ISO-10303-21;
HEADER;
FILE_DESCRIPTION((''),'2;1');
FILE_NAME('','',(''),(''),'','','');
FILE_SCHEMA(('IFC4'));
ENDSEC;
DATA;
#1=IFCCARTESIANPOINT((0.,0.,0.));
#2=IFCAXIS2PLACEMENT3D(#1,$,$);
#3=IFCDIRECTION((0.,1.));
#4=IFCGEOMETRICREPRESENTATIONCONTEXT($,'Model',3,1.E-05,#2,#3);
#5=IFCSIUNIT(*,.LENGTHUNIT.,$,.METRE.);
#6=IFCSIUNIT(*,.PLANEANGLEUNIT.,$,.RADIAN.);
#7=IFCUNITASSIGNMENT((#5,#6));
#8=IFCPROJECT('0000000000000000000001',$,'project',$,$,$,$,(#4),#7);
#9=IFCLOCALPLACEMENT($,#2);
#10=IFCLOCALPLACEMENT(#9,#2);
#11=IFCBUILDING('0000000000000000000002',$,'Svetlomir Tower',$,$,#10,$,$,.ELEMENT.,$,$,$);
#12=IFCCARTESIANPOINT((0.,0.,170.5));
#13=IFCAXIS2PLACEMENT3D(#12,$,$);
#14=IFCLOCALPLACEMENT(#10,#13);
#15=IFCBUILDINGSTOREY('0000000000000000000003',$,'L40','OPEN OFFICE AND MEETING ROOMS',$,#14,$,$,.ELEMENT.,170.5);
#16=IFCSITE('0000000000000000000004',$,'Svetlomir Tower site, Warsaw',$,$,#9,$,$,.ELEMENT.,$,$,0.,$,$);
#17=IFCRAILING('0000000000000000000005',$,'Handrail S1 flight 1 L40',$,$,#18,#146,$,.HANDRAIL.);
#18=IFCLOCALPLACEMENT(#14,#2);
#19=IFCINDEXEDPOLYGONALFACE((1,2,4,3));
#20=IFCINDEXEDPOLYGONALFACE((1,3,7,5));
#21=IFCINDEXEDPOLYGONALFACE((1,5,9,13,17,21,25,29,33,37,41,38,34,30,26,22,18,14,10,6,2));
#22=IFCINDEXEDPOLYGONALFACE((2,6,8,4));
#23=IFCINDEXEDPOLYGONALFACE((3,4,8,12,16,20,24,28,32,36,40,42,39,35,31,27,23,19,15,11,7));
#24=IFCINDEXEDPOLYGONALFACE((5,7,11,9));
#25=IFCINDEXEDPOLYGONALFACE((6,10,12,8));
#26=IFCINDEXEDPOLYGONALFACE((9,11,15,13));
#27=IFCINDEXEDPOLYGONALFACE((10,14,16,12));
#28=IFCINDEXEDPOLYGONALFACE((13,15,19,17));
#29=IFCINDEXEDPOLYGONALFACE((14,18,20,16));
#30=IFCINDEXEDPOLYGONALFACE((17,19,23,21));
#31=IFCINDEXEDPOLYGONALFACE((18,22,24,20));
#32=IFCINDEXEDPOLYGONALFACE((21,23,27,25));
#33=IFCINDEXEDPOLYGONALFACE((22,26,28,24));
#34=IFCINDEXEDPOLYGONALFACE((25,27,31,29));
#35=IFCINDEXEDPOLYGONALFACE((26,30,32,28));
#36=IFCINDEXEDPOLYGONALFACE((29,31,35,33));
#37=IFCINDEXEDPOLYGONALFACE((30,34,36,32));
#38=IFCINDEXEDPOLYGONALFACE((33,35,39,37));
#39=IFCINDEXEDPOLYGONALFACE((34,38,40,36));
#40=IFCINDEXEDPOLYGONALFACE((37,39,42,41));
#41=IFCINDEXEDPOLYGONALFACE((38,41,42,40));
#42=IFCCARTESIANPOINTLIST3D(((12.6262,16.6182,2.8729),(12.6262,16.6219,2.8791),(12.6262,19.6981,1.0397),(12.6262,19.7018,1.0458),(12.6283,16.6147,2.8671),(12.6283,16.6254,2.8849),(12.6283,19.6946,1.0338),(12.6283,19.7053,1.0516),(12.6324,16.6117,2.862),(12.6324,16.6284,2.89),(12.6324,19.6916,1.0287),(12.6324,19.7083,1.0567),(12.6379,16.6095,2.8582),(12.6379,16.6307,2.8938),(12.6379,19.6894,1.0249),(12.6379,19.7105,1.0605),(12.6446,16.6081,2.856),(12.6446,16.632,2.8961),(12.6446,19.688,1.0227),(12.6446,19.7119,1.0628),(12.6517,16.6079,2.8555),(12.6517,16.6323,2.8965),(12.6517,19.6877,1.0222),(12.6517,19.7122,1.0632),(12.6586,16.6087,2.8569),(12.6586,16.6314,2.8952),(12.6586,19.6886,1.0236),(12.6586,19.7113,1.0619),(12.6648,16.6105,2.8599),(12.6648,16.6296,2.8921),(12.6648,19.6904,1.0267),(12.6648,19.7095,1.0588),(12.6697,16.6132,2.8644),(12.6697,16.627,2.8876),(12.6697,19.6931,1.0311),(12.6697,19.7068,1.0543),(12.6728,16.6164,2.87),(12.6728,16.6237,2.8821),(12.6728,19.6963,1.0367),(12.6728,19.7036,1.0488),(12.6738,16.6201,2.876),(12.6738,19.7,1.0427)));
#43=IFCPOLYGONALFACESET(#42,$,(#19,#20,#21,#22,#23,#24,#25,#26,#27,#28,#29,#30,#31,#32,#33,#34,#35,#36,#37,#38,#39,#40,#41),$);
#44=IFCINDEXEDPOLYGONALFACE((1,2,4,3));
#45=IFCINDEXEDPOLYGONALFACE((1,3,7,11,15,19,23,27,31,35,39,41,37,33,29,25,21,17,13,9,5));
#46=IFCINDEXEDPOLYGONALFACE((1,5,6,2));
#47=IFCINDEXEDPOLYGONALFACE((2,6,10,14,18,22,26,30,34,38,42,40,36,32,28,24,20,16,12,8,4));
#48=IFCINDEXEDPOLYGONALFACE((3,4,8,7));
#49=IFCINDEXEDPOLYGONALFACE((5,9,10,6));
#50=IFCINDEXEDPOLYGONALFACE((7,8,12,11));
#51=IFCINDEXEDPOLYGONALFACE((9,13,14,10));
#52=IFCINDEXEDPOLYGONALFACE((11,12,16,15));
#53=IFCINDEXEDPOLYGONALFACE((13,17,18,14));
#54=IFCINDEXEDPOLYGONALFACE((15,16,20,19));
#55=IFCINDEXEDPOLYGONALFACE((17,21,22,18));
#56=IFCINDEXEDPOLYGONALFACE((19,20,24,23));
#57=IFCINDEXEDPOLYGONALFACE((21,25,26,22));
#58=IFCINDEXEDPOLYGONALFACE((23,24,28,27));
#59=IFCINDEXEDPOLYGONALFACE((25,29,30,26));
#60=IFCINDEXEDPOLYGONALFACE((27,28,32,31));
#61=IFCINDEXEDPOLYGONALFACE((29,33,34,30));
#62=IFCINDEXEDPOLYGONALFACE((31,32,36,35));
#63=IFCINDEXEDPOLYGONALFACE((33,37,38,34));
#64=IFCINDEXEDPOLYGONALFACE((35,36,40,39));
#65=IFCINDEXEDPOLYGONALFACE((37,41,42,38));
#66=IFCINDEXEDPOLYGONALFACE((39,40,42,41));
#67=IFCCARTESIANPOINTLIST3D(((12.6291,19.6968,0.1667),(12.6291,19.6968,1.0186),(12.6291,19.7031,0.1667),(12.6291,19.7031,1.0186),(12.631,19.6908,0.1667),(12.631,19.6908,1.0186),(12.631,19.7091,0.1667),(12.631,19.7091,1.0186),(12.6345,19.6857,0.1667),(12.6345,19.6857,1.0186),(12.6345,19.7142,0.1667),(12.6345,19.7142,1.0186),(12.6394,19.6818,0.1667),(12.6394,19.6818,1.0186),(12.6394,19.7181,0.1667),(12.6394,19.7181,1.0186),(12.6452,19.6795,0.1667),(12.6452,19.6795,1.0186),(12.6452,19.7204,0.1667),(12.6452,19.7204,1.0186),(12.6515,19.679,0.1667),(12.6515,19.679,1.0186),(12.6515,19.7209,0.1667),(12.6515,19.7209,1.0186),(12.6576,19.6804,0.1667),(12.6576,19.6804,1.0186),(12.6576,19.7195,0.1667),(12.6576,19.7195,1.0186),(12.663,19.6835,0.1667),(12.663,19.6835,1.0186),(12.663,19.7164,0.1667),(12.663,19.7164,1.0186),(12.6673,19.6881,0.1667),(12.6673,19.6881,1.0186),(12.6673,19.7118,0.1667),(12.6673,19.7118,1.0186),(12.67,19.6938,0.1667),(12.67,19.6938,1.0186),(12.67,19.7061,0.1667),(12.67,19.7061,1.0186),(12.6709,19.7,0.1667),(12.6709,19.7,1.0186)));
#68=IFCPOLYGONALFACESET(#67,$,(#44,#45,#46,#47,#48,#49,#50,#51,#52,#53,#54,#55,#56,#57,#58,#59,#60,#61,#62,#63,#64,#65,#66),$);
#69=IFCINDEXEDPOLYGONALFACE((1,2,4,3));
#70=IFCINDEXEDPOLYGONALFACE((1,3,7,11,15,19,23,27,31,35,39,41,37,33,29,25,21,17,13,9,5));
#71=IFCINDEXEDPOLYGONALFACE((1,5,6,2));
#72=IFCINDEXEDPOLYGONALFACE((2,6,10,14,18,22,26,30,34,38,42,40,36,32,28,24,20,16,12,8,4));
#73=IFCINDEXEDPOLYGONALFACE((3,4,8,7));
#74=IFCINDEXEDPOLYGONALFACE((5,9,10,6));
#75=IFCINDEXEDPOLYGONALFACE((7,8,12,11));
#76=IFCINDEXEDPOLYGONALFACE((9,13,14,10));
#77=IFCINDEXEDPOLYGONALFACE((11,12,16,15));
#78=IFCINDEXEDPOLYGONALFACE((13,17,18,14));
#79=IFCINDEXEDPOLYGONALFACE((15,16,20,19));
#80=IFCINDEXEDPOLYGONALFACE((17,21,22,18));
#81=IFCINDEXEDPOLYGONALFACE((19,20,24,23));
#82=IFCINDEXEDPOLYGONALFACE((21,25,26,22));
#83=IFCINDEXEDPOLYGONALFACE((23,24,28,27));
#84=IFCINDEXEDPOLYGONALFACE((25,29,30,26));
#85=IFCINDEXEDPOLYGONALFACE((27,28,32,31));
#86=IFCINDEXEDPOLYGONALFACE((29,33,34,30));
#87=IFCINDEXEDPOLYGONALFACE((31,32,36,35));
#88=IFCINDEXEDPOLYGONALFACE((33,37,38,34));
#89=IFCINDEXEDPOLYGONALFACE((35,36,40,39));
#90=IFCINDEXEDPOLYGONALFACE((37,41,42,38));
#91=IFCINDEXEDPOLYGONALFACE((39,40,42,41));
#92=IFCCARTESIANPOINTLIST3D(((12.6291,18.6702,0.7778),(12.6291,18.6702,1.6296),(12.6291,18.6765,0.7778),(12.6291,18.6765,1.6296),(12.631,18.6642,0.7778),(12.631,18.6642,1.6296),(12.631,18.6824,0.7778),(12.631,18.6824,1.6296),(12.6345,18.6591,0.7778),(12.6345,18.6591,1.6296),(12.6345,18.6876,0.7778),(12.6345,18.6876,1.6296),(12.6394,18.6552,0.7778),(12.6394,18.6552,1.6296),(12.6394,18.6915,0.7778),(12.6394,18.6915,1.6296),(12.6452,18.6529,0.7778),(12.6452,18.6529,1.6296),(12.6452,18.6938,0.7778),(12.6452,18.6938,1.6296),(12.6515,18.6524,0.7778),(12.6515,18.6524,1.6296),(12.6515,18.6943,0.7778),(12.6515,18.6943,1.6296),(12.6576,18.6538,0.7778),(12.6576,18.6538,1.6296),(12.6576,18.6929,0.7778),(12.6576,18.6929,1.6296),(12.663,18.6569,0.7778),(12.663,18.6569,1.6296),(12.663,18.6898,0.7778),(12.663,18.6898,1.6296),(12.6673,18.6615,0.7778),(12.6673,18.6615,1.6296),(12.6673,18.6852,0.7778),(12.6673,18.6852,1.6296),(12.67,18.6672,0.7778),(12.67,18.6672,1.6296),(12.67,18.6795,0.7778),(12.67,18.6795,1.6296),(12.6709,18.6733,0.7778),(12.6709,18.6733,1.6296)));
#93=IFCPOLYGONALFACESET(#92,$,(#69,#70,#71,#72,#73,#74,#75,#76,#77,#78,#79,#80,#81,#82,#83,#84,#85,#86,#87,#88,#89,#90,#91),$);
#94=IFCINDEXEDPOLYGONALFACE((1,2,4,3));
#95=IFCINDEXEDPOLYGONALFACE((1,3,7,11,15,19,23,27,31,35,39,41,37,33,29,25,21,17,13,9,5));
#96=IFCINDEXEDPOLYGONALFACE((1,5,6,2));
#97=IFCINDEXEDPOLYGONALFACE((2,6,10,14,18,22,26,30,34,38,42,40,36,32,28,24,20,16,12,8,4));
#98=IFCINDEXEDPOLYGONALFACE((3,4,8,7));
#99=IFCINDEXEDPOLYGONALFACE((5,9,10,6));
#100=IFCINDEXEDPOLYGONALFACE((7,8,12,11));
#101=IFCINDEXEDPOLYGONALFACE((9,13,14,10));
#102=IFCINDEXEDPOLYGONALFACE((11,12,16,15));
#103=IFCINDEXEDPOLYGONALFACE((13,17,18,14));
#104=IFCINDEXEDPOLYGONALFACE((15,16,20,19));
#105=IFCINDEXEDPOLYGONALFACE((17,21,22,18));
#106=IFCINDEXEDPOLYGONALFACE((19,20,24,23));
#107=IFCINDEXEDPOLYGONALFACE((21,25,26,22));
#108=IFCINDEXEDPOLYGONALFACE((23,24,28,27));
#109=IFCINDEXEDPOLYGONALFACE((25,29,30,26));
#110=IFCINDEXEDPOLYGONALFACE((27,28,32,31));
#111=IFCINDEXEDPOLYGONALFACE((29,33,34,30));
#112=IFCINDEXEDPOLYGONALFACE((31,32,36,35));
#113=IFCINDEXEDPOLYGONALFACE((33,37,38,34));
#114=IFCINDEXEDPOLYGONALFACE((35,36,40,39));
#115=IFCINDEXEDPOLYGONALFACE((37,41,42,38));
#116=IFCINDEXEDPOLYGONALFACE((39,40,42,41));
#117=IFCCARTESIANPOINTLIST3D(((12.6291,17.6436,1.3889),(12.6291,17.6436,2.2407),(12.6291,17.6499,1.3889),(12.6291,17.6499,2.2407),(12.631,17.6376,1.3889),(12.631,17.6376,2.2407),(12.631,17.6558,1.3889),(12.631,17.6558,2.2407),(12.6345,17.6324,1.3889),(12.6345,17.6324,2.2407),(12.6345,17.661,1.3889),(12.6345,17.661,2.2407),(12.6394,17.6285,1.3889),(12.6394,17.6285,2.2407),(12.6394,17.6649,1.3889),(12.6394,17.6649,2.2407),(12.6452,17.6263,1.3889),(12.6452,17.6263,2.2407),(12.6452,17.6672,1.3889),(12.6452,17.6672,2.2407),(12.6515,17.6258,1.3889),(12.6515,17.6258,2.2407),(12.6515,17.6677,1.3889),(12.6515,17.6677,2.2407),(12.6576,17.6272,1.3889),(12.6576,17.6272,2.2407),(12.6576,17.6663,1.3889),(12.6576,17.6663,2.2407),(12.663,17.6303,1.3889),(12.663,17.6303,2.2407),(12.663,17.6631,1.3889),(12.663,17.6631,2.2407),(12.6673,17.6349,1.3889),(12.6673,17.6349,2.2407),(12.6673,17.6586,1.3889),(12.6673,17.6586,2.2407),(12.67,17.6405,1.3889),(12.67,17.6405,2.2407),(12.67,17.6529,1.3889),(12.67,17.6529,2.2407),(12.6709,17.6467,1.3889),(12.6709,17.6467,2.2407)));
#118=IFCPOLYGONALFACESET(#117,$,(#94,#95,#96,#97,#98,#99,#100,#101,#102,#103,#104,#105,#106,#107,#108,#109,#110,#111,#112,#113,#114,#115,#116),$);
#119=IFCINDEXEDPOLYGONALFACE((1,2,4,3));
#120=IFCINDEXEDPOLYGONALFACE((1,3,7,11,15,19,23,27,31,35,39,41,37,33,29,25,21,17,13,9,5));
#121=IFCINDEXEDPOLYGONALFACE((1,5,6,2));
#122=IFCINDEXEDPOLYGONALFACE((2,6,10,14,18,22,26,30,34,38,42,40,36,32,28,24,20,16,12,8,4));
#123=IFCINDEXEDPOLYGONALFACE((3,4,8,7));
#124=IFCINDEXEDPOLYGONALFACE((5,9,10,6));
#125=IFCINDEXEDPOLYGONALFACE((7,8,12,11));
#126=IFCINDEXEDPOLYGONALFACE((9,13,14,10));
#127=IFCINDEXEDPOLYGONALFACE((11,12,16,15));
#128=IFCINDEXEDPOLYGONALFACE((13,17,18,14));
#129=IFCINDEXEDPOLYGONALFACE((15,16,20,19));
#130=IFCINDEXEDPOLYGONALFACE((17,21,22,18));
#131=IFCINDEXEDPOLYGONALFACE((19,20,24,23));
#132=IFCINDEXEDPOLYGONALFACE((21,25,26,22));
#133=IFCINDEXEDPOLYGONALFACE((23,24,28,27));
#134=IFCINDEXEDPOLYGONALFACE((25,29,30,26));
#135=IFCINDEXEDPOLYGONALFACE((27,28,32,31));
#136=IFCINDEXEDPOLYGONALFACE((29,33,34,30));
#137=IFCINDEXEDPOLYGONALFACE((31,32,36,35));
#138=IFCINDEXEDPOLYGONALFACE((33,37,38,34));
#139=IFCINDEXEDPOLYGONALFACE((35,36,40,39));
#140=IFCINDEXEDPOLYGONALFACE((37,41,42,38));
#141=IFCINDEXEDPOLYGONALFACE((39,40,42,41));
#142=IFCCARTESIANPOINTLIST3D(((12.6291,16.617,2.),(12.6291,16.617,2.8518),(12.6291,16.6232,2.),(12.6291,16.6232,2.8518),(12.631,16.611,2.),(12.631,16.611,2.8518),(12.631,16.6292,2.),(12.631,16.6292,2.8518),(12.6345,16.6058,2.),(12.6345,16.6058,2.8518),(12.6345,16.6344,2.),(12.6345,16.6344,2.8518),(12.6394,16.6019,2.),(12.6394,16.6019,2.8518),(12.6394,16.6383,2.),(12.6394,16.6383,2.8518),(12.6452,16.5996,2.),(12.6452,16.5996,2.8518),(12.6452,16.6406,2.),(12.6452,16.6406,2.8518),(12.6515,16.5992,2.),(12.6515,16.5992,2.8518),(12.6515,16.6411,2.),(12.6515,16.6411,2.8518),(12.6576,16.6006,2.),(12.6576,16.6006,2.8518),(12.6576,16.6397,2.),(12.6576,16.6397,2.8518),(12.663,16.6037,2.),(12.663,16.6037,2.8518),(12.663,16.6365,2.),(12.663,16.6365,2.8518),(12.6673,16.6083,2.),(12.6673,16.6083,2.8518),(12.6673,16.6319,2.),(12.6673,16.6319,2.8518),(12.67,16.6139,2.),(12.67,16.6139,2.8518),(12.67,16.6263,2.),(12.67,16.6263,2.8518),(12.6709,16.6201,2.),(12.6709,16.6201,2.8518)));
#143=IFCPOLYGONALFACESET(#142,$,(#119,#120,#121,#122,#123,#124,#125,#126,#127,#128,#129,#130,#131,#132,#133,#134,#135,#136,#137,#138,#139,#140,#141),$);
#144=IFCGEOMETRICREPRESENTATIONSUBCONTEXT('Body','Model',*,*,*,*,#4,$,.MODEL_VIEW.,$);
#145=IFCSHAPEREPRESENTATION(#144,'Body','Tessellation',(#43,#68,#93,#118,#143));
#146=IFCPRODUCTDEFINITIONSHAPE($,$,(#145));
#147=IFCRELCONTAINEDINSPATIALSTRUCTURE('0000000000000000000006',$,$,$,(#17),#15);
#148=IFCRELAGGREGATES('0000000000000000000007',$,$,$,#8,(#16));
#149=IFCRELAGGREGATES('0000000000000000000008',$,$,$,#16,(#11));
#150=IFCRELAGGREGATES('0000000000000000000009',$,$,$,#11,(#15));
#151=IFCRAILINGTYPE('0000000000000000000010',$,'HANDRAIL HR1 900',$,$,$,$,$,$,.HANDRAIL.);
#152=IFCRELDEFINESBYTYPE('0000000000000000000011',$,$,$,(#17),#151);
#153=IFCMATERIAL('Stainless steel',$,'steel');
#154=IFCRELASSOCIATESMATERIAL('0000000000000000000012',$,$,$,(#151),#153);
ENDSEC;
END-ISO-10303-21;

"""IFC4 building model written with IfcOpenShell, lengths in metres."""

from ifc_helpers import new_model, si_unit, direction, frame, origin, origin_2d, place, context, subcontext, project, spatial, circle, extrude, material, type_object, element, save


model = new_model("IFC4")

# Units and contexts
model_context = context("Model", 3, precision=1e-05, world=origin(), true_north=direction((0.0, 1.0)))
body_context = subcontext(model_context, "Body", "Model", "MODEL_VIEW")
ifc_project = project(units=[si_unit("LENGTHUNIT", "METRE"), si_unit("PLANEANGLEUNIT", "RADIAN")], contexts=[model_context])

# Site, building, storey
site_placement = place(None, origin())
site = spatial("IfcSite", under=ifc_project, at=site_placement, Name="Svetlomir Tower site, Warsaw", CompositionType="ELEMENT", RefElevation=0.0)
building_placement = place(site_placement, origin())
building = spatial("IfcBuilding", under=site, at=building_placement, Name="Svetlomir Tower", CompositionType="ELEMENT")
storey_placement = place(building_placement, frame((0.0, 0.0, 170.5)))
storey = spatial("IfcBuildingStorey", under=building, at=storey_placement, Name="L40", Description="OPEN OFFICE AND MEETING ROOMS", CompositionType="ELEMENT", Elevation=170.5)

# Railing
ifc_material_1 = material(Name="Stainless steel", Category="steel")
railing_type = type_object("IfcRailingType", Name="HANDRAIL HR1 900", PredefinedType="HANDRAIL", material=ifc_material_1)
railing_1_placement = place(storey_placement, frame((12.6499, 19.7, 0.1667)))
element("IfcRailing", 1, at=railing_1_placement, inside=storey, type_object=railing_type, Name="Handrail S1 flight 1 L40", PredefinedType="HANDRAIL", context=body_context, shape_type="SweptSolid", body=[
    extrude(circle(Radius=0.0239, at=origin_2d()), frame((0.0, 0.0, 0.876), z_axis=(0.0, -0.859291, 0.511487), x_axis=(1.0, 0.0, 0.0)), (0.0, 0.0, 1.0), 3.5842),
    extrude(circle(Radius=0.021, at=origin_2d()), origin(), (0.0, 0.0, 1.0), 0.8518),
    extrude(circle(Radius=0.021, at=origin_2d()), frame((0.0, -1.0266, 0.6111)), (0.0, 0.0, 1.0), 0.8518),
    extrude(circle(Radius=0.021, at=origin_2d()), frame((0.0, -2.0532, 1.2222)), (0.0, 0.0, 1.0), 0.8518),
    extrude(circle(Radius=0.021, at=origin_2d()), frame((0.0, -3.0798, 1.8333)), (0.0, 0.0, 1.0), 0.8518),
])

save(model, "model.ifc")
